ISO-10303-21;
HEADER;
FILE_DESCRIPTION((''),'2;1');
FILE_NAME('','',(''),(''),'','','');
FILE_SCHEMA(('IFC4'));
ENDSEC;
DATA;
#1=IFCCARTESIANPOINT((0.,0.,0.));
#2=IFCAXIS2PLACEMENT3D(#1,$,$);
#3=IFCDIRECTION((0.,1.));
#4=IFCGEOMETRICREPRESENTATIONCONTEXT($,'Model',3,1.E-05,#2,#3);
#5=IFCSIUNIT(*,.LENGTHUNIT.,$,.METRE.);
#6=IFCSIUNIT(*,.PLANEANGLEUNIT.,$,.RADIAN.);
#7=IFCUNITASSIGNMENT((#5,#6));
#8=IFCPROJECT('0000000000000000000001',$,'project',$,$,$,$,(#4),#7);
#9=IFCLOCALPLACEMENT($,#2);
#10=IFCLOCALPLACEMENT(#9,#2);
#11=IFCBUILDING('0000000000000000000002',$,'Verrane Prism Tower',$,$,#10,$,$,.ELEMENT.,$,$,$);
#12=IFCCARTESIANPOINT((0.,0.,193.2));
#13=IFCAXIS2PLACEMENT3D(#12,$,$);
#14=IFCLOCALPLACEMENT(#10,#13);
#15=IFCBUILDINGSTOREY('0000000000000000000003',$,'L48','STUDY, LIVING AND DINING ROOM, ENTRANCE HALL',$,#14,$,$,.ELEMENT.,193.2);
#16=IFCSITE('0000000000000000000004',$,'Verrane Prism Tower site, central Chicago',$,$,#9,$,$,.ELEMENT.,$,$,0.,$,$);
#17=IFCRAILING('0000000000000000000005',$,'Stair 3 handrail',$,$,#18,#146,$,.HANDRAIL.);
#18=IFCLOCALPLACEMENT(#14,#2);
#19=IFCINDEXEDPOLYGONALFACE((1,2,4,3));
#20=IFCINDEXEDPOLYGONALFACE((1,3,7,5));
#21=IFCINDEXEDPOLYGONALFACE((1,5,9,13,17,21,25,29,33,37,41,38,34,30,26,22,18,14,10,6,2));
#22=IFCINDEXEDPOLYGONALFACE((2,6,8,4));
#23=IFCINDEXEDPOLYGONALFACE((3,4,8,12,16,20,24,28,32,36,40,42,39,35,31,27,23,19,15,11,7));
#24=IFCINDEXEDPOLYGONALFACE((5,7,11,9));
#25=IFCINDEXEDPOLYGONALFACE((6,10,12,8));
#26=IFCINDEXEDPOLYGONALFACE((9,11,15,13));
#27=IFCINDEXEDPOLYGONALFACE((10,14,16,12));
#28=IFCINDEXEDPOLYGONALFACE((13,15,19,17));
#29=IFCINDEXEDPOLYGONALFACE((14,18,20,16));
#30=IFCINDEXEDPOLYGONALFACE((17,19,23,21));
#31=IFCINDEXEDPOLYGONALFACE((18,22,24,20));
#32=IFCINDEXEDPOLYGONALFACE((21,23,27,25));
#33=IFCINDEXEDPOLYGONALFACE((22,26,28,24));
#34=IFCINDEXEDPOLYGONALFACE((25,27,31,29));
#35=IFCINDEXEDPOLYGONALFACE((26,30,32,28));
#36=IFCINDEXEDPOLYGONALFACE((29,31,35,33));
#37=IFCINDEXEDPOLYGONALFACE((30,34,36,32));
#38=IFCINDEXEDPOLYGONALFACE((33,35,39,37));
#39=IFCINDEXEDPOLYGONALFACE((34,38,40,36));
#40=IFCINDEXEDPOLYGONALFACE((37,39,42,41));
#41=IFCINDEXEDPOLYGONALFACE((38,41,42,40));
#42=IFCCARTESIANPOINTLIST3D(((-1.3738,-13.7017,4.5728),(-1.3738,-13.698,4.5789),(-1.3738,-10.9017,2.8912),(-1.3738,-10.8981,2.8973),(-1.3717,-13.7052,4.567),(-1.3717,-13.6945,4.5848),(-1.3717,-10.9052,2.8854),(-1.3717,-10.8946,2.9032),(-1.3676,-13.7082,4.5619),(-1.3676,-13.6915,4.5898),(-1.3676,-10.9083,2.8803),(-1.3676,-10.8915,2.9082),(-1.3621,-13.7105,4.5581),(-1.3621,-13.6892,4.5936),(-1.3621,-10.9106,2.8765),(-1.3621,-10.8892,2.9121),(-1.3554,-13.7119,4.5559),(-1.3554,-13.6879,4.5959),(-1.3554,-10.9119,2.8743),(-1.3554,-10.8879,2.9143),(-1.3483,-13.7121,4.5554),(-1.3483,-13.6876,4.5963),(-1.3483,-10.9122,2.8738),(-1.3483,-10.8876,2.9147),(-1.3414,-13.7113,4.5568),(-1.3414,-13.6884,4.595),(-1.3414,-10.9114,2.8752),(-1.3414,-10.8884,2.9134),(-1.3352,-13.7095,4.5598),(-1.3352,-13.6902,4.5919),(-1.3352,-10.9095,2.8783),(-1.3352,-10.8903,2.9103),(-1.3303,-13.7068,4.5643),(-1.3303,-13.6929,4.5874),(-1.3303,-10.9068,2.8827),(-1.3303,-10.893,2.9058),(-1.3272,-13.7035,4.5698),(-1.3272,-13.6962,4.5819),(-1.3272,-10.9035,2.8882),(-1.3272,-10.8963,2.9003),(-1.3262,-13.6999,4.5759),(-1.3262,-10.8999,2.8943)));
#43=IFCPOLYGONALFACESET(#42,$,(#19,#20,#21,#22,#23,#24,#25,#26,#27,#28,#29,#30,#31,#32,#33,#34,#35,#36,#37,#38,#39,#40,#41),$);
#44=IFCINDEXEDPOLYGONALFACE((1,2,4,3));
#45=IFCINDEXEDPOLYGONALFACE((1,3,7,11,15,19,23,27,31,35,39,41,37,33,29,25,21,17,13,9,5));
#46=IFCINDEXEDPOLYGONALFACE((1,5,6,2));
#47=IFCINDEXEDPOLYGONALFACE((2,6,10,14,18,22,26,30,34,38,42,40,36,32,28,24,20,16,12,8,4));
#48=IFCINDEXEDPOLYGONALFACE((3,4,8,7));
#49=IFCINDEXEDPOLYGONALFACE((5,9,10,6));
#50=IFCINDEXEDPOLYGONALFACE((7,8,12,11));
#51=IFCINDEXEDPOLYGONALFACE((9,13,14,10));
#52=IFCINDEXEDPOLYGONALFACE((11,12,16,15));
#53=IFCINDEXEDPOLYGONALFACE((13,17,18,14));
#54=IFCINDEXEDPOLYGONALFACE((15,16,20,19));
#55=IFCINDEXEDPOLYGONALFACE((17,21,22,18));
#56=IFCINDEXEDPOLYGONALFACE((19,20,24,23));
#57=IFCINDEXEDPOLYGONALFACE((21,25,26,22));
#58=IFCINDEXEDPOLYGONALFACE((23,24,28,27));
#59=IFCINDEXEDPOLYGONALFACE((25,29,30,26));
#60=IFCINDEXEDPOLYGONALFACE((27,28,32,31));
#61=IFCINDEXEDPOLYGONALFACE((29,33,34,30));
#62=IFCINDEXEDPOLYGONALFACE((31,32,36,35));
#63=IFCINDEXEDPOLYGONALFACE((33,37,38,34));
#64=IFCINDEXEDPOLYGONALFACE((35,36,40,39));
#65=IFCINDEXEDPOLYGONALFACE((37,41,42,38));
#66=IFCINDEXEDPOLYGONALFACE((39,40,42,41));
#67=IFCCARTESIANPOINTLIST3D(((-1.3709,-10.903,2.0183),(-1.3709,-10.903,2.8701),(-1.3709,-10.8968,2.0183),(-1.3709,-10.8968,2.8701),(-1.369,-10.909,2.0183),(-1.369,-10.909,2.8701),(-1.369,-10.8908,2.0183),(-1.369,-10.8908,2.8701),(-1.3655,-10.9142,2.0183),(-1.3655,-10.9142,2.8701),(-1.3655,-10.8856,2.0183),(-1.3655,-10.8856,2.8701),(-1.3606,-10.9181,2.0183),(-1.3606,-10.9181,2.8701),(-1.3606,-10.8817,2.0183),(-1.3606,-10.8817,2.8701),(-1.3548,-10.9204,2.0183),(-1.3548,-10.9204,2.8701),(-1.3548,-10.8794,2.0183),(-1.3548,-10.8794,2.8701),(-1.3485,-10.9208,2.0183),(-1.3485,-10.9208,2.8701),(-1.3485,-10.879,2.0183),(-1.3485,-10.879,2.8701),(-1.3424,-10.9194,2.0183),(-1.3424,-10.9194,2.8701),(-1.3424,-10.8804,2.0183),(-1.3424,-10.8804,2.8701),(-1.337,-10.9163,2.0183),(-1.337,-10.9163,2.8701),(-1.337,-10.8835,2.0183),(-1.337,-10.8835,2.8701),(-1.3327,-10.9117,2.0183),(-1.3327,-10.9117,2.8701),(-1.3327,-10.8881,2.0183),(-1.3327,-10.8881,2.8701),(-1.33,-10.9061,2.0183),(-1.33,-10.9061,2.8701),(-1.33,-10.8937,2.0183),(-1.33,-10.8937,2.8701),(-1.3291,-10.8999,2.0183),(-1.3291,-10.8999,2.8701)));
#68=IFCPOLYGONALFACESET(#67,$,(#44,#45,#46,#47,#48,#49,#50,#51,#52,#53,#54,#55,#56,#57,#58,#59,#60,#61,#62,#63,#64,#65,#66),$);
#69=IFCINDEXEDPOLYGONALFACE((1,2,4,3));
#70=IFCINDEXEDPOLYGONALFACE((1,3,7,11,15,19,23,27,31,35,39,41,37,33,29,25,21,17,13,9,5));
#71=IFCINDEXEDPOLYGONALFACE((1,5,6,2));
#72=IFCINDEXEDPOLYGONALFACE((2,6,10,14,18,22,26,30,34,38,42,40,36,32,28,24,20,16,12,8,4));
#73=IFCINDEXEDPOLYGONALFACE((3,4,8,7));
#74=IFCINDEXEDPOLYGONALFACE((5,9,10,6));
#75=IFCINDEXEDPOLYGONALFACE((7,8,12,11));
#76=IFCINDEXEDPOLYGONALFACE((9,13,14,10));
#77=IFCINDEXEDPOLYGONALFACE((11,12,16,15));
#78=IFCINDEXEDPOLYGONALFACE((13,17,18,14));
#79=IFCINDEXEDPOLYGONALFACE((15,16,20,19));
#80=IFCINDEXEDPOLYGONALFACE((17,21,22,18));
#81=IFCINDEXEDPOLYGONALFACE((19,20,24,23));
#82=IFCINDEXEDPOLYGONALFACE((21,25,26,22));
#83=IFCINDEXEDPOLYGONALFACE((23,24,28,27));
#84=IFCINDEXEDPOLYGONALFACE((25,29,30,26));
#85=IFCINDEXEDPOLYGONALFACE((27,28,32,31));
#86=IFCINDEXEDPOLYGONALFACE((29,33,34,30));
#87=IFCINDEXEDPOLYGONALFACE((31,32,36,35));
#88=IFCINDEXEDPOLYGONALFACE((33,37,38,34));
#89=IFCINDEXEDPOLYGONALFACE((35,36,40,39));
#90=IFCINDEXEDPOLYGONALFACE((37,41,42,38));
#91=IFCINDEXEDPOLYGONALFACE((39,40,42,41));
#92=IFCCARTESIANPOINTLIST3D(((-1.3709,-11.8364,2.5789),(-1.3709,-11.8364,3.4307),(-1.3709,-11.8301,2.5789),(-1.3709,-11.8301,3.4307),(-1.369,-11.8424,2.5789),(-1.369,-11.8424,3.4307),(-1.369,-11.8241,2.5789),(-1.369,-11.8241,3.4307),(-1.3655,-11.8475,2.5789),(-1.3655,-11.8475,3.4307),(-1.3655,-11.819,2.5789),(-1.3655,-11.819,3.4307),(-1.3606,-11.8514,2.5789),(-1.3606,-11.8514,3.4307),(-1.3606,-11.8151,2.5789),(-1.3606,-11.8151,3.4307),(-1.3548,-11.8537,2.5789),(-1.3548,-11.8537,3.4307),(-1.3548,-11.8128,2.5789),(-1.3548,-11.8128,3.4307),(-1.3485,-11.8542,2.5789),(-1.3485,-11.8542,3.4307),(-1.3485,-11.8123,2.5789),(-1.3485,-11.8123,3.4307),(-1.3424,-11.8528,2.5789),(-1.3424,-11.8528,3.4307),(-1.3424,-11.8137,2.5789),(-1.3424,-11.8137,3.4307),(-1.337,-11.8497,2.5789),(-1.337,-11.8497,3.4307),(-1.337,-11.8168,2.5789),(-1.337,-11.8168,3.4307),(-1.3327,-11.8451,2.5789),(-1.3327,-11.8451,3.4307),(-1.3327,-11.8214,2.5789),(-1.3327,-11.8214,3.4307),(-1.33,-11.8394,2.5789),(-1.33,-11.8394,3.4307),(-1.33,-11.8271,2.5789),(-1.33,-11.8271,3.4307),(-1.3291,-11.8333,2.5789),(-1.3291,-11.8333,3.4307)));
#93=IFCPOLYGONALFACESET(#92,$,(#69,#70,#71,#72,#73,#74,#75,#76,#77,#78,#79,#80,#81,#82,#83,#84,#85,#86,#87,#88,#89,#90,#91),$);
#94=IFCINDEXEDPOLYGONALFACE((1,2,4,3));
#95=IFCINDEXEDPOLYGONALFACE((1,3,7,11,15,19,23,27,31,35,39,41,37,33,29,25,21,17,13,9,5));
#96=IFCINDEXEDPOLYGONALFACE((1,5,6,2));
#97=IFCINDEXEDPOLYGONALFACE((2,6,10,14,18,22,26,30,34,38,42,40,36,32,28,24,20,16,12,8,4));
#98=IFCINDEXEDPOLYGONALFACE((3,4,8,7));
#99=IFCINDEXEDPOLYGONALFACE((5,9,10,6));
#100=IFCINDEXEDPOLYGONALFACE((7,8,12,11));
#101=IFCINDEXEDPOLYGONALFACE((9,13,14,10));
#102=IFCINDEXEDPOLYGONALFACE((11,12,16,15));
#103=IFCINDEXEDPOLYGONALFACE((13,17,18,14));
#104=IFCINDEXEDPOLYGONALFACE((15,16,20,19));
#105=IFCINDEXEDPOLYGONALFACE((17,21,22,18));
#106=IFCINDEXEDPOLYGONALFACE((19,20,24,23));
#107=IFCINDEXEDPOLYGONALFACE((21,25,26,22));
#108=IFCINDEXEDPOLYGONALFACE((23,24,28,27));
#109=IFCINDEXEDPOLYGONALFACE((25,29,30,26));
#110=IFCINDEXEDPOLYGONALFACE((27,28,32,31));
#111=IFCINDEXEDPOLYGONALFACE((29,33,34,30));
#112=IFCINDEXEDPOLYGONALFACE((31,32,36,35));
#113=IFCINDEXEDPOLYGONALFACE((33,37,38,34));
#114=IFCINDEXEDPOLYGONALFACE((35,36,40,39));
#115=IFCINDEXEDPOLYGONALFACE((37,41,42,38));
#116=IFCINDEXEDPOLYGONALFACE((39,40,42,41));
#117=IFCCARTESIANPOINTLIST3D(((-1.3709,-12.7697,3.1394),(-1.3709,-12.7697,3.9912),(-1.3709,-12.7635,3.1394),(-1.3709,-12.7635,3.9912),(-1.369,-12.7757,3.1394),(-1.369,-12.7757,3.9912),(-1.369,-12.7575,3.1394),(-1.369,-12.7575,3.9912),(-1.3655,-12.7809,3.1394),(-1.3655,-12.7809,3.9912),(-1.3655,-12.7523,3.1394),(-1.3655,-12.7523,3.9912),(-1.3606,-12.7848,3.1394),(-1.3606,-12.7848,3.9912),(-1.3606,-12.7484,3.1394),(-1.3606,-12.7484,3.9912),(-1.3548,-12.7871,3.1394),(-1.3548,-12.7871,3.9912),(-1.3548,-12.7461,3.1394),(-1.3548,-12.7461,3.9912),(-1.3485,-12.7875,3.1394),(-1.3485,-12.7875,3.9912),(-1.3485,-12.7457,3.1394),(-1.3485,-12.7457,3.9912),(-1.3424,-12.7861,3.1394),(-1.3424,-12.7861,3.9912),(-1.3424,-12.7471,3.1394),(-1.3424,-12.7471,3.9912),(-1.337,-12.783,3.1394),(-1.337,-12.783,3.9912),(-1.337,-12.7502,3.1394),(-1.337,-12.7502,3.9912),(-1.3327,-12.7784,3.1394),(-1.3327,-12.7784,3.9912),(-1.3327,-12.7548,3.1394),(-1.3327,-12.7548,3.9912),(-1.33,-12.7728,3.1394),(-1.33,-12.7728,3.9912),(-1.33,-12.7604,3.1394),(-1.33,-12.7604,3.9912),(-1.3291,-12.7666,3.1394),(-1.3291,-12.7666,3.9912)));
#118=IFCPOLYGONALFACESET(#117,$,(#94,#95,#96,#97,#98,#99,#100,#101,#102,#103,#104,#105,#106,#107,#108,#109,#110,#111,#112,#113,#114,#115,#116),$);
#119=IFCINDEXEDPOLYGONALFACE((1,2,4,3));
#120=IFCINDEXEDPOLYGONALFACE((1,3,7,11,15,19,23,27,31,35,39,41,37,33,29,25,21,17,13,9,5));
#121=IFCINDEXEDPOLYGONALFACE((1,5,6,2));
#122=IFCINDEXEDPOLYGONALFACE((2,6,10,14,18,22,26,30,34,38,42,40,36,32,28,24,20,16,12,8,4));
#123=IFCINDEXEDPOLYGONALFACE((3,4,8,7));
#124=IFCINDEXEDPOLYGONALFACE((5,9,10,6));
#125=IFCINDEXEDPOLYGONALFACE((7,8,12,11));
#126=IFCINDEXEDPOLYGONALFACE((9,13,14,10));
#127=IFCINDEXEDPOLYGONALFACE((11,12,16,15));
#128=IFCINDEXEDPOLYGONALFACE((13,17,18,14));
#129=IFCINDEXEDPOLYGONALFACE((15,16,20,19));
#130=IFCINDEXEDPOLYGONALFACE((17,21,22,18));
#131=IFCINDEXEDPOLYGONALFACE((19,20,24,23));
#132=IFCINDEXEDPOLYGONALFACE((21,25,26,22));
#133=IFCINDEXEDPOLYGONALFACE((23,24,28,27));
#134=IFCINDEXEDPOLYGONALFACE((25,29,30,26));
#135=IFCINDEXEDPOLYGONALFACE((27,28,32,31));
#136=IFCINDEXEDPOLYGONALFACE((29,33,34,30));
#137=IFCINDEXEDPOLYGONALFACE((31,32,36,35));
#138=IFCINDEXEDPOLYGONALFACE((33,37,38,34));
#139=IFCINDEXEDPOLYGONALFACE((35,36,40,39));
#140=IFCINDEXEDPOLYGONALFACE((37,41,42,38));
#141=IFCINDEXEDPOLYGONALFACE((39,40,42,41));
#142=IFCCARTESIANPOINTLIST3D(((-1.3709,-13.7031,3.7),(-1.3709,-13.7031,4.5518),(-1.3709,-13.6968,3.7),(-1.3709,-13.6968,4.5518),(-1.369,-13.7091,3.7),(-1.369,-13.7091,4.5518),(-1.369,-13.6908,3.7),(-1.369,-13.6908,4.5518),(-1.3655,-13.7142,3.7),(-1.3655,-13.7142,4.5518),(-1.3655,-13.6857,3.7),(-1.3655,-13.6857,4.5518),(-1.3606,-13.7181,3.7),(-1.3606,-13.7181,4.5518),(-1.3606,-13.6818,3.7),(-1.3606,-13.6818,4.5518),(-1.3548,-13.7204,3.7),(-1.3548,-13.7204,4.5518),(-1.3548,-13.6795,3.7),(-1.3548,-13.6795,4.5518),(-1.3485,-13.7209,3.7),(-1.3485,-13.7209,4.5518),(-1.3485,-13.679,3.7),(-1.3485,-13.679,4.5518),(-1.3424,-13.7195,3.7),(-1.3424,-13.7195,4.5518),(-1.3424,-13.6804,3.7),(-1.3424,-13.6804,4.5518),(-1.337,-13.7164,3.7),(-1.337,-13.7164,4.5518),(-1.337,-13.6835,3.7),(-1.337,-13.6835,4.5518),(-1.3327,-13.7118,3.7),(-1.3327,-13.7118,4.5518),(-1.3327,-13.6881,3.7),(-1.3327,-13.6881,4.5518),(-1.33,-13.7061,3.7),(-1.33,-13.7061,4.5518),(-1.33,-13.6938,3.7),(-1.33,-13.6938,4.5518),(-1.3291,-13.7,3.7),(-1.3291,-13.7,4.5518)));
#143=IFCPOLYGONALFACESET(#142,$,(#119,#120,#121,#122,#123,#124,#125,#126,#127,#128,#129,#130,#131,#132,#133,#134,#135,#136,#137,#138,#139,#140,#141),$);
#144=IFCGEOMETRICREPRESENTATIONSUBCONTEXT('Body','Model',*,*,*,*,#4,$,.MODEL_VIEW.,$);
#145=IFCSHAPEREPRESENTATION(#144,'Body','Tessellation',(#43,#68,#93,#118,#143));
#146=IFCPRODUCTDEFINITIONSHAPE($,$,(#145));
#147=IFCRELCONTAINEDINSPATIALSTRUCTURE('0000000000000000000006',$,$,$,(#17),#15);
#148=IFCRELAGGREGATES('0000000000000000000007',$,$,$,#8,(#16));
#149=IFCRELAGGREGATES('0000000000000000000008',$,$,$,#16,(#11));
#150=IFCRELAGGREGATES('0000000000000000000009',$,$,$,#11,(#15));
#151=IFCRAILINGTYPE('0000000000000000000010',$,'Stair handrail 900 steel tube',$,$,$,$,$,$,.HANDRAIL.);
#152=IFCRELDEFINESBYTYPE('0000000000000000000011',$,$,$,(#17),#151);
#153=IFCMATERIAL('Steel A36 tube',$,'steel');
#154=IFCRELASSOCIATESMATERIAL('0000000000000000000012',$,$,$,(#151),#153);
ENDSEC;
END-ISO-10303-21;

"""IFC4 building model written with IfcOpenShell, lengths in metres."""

from ifc_helpers import new_model, si_unit, direction, frame, origin, origin_2d, place, context, subcontext, project, spatial, circle, extrude, material, type_object, element, save


model = new_model("IFC4")

# Units and contexts
model_context = context("Model", 3, precision=1e-05, world=origin(), true_north=direction((0.0, 1.0)))
body_context = subcontext(model_context, "Body", "Model", "MODEL_VIEW")
ifc_project = project(units=[si_unit("LENGTHUNIT", "METRE"), si_unit("PLANEANGLEUNIT", "RADIAN")], contexts=[model_context])

# Site, building, storey
site_placement = place(None, origin())
site = spatial("IfcSite", under=ifc_project, at=site_placement, Name="Verrane Prism Tower site, central Chicago", CompositionType="ELEMENT", RefElevation=0.0)
building_placement = place(site_placement, origin())
building = spatial("IfcBuilding", under=site, at=building_placement, Name="Verrane Prism Tower", CompositionType="ELEMENT")
storey_placement = place(building_placement, frame((0.0, 0.0, 193.2)))
storey = spatial("IfcBuildingStorey", under=building, at=storey_placement, Name="L48", Description="STUDY, LIVING AND DINING ROOM, ENTRANCE HALL", CompositionType="ELEMENT", Elevation=193.2)

# Railing
ifc_material_1 = material(Name="Steel A36 tube", Category="steel")
railing_type = type_object("IfcRailingType", Name="Stair handrail 900 steel tube", PredefinedType="HANDRAIL", material=ifc_material_1)
railing_placement = place(storey_placement, frame((-1.3501, -10.8999, 2.0183)))
element("IfcRailing", 1, at=railing_placement, inside=storey, type_object=railing_type, Name="Stair 3 handrail", PredefinedType="HANDRAIL", context=body_context, shape_type="SweptSolid", body=[
    extrude(circle(Radius=0.0239, at=origin_2d()), frame((0.0, 0.0, 0.876), z_axis=(0.0, -0.857275, 0.514858), x_axis=(1.0, 0.0, 0.0)), (0.0, 0.0, 1.0), 3.2661),
    extrude(circle(Radius=0.021, at=origin_2d()), origin(), (0.0, 0.0, 1.0), 0.8518),
    extrude(circle(Radius=0.021, at=origin_2d()), frame((0.0, -0.9333, 0.5605)), (0.0, 0.0, 1.0), 0.8518),
    extrude(circle(Radius=0.021, at=origin_2d()), frame((0.0, -1.8667, 1.1211)), (0.0, 0.0, 1.0), 0.8518),
    extrude(circle(Radius=0.021, at=origin_2d()), frame((0.0, -2.8, 1.6816)), (0.0, 0.0, 1.0), 0.8518),
])

save(model, "model.ifc")
